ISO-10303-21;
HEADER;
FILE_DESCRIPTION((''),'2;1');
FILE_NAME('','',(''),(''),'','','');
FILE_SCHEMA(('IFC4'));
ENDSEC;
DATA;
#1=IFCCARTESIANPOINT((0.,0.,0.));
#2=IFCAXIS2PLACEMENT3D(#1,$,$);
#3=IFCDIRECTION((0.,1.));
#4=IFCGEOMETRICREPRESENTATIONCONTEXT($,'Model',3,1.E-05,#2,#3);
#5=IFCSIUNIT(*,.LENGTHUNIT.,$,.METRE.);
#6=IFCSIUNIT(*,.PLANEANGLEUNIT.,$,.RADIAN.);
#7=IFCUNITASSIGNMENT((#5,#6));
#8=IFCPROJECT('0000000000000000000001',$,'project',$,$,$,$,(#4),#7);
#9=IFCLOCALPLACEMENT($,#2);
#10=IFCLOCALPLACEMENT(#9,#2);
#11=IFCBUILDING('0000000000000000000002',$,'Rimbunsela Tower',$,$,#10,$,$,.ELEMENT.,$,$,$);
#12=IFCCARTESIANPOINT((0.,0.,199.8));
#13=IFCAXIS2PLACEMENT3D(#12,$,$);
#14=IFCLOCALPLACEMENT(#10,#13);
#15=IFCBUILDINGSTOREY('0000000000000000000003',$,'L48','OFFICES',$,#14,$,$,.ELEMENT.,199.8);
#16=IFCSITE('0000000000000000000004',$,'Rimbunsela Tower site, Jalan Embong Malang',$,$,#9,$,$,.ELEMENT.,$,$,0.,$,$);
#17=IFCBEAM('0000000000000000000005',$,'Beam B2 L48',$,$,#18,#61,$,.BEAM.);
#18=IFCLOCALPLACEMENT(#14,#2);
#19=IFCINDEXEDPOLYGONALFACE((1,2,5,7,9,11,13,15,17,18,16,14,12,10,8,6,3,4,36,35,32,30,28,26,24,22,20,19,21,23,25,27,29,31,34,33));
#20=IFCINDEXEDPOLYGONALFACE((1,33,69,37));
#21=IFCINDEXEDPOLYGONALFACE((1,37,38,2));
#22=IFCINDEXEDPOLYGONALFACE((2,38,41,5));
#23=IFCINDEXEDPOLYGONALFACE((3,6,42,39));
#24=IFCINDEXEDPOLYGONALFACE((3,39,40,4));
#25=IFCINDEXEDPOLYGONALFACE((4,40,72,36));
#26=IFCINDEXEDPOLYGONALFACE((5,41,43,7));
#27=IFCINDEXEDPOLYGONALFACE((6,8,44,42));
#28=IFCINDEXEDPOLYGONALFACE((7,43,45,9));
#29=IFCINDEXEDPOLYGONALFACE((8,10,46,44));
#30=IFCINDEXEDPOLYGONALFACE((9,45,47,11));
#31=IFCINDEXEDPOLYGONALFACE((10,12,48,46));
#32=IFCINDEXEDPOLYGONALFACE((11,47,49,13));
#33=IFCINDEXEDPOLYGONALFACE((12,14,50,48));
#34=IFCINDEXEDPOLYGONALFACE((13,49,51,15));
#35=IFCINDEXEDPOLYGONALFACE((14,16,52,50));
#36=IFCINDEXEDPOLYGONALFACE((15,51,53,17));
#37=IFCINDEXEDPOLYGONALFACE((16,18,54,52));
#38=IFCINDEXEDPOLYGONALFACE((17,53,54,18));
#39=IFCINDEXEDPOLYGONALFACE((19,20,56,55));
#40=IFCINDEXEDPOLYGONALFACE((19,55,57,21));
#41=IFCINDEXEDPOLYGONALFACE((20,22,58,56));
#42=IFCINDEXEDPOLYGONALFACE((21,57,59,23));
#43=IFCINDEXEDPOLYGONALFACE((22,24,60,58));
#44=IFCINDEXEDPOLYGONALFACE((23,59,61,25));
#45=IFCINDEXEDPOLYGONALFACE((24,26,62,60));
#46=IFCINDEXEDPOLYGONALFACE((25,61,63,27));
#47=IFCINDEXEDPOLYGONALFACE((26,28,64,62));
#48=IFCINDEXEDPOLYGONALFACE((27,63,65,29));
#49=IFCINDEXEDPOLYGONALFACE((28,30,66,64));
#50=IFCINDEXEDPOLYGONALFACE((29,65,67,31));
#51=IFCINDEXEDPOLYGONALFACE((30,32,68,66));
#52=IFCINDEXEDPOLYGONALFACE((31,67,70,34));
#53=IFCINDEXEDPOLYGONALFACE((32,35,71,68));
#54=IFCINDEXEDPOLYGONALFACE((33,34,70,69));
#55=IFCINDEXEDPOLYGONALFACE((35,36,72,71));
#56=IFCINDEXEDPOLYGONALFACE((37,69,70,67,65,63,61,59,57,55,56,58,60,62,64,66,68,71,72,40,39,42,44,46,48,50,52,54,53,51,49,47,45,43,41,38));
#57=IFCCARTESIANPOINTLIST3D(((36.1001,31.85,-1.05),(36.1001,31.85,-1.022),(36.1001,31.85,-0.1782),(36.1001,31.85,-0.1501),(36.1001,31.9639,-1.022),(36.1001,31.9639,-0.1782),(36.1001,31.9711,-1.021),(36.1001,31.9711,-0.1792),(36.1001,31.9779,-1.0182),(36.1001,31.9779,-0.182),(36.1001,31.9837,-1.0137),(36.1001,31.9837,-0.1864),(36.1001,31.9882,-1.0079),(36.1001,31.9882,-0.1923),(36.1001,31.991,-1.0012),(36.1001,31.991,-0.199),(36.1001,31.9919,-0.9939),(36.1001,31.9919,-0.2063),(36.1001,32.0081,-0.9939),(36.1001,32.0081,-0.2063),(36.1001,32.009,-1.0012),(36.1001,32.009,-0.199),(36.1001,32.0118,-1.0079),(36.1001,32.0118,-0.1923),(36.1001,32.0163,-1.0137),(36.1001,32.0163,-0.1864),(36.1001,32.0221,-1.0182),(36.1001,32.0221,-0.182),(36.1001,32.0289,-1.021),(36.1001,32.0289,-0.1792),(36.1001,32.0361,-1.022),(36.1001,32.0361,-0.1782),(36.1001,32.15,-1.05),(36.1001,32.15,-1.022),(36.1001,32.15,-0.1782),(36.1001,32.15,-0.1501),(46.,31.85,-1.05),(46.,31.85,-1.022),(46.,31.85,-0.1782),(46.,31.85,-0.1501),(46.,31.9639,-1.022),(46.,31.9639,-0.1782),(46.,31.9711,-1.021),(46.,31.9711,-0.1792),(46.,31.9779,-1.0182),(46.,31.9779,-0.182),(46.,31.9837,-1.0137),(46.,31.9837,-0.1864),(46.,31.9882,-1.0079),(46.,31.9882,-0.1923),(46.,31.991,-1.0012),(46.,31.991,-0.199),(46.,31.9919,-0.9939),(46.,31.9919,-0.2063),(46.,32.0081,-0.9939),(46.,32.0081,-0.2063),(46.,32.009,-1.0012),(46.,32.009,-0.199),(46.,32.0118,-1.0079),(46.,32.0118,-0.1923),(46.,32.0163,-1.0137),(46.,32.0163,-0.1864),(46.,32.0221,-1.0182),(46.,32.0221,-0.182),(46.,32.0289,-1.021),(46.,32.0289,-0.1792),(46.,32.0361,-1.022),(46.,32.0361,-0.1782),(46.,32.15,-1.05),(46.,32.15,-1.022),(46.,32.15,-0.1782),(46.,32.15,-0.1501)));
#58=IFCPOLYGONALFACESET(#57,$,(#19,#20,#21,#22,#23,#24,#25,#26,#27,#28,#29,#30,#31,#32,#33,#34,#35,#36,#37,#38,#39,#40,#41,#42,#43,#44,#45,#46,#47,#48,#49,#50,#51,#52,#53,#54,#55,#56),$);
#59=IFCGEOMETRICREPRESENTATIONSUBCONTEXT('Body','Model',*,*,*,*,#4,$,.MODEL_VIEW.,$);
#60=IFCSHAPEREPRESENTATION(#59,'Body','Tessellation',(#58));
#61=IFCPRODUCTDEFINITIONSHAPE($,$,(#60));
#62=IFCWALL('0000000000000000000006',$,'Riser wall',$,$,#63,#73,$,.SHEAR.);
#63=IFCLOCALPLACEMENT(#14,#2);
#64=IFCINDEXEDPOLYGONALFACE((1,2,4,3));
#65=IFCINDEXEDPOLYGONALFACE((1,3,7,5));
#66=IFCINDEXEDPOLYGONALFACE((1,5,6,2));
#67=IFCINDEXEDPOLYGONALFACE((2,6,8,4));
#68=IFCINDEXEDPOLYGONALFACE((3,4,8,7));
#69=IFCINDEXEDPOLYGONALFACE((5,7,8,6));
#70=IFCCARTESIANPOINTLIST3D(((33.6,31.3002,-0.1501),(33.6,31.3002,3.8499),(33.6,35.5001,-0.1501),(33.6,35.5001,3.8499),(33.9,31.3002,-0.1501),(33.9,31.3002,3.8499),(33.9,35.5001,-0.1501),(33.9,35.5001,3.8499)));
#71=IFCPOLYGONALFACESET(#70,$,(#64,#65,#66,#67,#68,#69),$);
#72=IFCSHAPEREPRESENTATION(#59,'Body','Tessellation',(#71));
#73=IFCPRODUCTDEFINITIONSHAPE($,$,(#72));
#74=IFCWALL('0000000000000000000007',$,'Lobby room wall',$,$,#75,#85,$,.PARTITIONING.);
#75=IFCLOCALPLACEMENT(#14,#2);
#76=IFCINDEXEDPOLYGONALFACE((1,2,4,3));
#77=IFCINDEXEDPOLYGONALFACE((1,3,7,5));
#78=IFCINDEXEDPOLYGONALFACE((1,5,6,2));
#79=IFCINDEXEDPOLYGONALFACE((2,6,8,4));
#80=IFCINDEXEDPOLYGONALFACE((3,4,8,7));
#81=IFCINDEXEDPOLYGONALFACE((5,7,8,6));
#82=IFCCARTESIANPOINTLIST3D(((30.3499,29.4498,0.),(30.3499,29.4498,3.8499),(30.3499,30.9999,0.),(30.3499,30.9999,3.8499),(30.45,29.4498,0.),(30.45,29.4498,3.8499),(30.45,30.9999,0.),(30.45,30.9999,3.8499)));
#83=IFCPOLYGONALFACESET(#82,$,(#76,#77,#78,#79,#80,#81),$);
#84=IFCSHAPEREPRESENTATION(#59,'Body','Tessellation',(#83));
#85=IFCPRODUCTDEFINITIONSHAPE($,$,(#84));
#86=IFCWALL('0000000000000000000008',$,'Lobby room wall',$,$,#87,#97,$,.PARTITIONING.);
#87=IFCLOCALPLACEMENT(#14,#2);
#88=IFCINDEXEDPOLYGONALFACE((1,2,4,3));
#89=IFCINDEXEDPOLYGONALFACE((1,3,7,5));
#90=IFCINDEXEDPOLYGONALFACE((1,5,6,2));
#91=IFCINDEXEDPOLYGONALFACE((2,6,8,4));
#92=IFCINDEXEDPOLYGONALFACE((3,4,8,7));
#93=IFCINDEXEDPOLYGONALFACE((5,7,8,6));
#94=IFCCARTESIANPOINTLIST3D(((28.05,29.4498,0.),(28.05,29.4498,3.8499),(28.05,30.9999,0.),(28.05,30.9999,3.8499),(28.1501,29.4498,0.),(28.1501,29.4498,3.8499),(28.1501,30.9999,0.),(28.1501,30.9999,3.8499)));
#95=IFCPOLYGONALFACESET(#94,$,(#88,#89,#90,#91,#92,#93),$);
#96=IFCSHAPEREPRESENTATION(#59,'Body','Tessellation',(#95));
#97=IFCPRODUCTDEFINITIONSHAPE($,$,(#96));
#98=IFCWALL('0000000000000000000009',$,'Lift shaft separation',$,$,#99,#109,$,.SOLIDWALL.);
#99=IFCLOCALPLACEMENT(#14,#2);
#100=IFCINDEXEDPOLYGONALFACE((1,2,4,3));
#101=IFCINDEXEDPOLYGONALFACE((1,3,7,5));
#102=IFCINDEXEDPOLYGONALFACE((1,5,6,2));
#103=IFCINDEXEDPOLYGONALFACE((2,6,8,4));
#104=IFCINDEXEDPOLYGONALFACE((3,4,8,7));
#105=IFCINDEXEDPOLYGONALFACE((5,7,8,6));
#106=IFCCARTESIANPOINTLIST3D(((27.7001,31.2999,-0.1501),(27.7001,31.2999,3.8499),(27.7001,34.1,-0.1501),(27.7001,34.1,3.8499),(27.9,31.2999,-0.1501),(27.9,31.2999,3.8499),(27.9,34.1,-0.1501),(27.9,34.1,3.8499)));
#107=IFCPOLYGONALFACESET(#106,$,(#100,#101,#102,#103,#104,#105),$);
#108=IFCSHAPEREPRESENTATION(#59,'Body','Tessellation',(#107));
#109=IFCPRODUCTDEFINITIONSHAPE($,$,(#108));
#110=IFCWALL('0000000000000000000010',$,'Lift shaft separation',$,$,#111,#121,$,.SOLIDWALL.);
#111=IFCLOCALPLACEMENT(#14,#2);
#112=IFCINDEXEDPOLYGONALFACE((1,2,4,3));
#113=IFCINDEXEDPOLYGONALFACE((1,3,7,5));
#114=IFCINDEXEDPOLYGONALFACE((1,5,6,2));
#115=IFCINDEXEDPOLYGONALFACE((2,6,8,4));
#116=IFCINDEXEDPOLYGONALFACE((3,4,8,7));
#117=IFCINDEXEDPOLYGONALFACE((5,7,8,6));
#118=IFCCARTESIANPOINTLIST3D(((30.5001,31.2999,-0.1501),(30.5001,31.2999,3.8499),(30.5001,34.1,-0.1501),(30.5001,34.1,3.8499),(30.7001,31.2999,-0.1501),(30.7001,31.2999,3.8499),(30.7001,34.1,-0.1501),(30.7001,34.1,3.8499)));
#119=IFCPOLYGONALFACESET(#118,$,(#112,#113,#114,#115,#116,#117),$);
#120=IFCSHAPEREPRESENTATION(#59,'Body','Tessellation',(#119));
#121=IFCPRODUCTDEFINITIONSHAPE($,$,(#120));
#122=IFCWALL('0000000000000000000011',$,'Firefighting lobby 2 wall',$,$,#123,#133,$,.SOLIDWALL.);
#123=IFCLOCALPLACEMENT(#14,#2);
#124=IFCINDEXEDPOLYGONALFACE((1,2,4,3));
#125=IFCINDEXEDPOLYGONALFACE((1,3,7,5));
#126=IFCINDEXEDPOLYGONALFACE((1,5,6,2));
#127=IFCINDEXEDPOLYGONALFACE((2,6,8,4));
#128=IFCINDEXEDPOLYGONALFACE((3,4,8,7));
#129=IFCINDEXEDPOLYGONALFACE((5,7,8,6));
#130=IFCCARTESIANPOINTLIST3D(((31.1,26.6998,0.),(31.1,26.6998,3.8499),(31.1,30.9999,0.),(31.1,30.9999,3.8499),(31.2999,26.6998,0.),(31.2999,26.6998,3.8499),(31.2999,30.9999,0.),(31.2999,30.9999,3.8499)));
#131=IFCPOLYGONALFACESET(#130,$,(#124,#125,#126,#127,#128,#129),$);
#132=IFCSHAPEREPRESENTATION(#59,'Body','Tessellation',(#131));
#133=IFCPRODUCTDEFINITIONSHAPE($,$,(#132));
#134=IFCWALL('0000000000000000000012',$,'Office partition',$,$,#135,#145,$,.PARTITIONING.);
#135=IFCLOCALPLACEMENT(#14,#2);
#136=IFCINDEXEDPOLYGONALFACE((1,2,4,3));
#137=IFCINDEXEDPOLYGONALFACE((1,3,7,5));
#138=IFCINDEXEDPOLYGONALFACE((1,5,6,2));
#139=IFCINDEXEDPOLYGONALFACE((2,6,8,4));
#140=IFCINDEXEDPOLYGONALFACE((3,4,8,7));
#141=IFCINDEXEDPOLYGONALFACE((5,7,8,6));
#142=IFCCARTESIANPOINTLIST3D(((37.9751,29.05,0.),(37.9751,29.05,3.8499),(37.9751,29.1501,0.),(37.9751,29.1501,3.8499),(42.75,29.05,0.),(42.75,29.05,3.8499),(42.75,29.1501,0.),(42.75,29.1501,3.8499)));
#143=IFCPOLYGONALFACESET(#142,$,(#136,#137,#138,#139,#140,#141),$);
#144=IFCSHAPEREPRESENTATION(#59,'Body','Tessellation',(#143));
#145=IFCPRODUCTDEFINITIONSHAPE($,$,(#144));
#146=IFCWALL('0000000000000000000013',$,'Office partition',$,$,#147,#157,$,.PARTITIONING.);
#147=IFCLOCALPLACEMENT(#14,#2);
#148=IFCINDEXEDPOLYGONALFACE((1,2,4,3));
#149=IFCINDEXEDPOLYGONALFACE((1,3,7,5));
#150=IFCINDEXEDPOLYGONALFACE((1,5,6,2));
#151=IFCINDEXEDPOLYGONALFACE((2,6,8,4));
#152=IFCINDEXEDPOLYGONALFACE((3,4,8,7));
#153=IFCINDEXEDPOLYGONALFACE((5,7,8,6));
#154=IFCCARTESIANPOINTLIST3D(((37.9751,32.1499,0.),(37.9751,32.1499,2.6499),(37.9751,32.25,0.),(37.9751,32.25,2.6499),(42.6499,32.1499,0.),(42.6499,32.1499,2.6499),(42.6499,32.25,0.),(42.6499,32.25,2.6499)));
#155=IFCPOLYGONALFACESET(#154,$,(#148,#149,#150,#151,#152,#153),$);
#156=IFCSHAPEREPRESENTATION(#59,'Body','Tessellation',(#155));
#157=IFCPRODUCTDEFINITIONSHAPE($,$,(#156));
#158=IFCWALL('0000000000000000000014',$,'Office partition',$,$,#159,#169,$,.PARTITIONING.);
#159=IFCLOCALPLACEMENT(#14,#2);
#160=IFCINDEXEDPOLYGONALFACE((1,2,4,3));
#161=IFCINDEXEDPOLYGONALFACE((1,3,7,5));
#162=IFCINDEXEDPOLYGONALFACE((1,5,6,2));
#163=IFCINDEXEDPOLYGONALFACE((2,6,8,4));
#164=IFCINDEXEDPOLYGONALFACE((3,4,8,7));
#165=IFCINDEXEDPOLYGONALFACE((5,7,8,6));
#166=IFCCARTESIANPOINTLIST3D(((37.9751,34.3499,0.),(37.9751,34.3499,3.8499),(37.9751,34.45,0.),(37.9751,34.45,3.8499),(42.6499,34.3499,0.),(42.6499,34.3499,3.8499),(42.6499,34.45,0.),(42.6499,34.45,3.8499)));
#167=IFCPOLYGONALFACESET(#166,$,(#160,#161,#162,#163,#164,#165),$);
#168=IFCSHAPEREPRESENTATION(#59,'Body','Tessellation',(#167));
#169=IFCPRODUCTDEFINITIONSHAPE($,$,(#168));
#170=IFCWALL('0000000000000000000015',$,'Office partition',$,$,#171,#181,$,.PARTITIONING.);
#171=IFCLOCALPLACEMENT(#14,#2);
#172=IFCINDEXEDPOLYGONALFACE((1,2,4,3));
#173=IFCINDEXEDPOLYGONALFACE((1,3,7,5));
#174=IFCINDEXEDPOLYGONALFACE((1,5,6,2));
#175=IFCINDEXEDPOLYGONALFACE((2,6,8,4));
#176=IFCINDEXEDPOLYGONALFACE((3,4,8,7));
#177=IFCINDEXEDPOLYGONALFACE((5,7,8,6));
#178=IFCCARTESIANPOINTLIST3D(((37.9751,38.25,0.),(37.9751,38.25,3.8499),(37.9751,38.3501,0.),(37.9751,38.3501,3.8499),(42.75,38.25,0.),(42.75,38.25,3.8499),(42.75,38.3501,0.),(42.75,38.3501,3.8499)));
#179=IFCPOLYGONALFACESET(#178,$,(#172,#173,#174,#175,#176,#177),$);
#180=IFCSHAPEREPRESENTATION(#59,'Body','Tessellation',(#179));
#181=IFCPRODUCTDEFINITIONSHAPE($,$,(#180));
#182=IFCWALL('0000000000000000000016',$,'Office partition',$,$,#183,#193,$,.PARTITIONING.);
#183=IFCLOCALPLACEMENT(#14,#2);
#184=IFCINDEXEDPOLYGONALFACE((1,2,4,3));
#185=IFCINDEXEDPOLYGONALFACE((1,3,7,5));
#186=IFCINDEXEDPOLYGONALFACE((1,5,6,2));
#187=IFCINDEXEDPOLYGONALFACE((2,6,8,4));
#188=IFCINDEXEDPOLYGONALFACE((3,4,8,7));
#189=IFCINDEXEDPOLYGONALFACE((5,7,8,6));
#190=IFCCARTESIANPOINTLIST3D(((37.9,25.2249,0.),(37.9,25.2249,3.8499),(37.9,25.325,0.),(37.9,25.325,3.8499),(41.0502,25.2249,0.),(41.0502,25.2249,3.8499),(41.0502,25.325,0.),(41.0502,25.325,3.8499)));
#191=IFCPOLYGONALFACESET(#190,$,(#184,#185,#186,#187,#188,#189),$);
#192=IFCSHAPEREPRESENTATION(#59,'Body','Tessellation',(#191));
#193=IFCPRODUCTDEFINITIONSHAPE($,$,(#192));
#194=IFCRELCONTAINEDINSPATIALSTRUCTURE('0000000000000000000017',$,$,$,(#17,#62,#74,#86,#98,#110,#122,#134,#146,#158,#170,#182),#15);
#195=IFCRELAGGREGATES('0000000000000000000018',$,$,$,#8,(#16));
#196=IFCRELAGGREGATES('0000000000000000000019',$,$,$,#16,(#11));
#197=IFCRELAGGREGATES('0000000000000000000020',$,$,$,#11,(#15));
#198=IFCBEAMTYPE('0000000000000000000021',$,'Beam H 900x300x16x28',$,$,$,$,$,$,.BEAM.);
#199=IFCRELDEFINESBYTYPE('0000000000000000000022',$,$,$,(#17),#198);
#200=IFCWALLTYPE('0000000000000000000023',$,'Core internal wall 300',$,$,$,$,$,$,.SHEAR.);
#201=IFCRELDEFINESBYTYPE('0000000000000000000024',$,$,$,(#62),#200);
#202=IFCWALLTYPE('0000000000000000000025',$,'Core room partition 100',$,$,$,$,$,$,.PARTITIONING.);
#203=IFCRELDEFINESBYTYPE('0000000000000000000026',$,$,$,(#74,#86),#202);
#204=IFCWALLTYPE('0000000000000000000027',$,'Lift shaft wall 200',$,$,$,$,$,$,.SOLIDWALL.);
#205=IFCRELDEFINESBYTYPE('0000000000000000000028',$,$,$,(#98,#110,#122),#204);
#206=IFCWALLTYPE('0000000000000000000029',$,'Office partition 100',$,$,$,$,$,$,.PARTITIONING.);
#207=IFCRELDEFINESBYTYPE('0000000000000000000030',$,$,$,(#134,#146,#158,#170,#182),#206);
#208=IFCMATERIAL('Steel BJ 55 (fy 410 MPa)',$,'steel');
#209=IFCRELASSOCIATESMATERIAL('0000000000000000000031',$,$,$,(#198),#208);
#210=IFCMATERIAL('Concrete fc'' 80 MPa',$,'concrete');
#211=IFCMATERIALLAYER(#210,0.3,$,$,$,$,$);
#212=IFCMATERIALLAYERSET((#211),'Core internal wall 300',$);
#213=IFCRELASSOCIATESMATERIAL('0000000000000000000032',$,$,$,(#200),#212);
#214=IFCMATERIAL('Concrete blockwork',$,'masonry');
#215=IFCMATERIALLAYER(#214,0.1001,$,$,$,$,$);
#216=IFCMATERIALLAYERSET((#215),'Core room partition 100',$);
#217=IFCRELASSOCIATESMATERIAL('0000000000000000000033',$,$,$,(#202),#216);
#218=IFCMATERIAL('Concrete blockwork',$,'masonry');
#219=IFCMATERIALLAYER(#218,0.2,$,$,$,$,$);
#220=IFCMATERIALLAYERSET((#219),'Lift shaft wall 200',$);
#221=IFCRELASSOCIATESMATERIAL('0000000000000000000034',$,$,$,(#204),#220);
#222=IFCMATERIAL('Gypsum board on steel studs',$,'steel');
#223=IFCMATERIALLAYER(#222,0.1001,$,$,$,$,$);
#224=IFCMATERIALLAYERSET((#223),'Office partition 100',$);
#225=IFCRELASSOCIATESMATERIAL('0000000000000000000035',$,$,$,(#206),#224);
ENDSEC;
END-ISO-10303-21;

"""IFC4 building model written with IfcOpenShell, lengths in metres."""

from ifc_helpers import new_model, si_unit, direction, frame, frame_2d, origin, origin_2d, place, context, subcontext, project, spatial, rectangle, i_section, extrude, material, layer, layer_set, material_profile, profile_set, type_object, element, save


model = new_model("IFC4")

# Units and contexts
model_context = context("Model", 3, precision=1e-05, world=origin(), true_north=direction((0.0, 1.0)))
body_context = subcontext(model_context, "Body", "Model", "MODEL_VIEW")
ifc_project = project(units=[si_unit("LENGTHUNIT", "METRE"), si_unit("PLANEANGLEUNIT", "RADIAN")], contexts=[model_context])

# Site, building, storey
site_placement = place(None, origin())
site = spatial("IfcSite", under=ifc_project, at=site_placement, Name="Rimbunsela Tower site, Jalan Embong Malang", CompositionType="ELEMENT", RefElevation=0.0)
building_placement = place(site_placement, origin())
building = spatial("IfcBuilding", under=site, at=building_placement, Name="Rimbunsela Tower", CompositionType="ELEMENT")
storey_placement = place(building_placement, frame((0.0, 0.0, 199.8)))
storey = spatial("IfcBuildingStorey", under=building, at=storey_placement, Name="L48", Description="OFFICES", CompositionType="ELEMENT", Elevation=199.8)

# Beam
ifc_material_1 = material(Name="Steel BJ 55 (fy 410 MPa)", Category="steel")
ifc_material_profile_1 = material_profile(ifc_material_1, i_section(OverallWidth=0.3, OverallDepth=0.8999, WebThickness=0.0161, FlangeThickness=0.0281, FilletRadius=0.0281, at=origin_2d()), Name="H 900x300x16x28")
ifc_profile_set_1 = profile_set([ifc_material_profile_1], Name="Steel BJ 55 (fy 410 MPa)")
beam_type_1 = type_object("IfcBeamType", Name="Beam H 900x300x16x28", PredefinedType="BEAM", material=ifc_profile_set_1)
for number, where, z_axis, x_axis, name in (
    (1, (36.1001, 32.0, -0.6001), (1.0, 0.0, 0.0), (0.0, 1.0, 0.0), "Beam B2 L48"),
):
    element("IfcBeam", number, at=place(storey_placement, frame(where, z_axis=z_axis, x_axis=x_axis)), inside=storey, type_object=beam_type_1, Name=name, PredefinedType="BEAM", context=body_context, shape_type="SweptSolid", body=[
        extrude(i_section(OverallWidth=0.3, OverallDepth=0.8999, WebThickness=0.0161, FlangeThickness=0.0281, FilletRadius=0.0281, at=origin_2d()), origin(), (0.0, 0.0, 1.0), 9.8999),
    ])

# Walls
ifc_material_2 = material(Name="Concrete fc' 80 MPa", Category="concrete")
ifc_layer_1 = layer(ifc_material_2, 0.3)
ifc_layer_set_1 = layer_set([ifc_layer_1], Name="Core internal wall 300")
wall_type_1 = type_object("IfcWallType", Name="Core internal wall 300", PredefinedType="SHEAR", material=ifc_layer_set_1)
wall_1_placement = place(storey_placement, frame((33.75, 31.3, -0.1501), z_axis=(0.0, 0.0, 1.0), x_axis=(0.0, 1.0, 0.0)))
element("IfcWall", 2, at=wall_1_placement, inside=storey, type_object=wall_type_1, Name="Riser wall", PredefinedType="SHEAR", context=body_context, shape_type="SweptSolid", body=[
    extrude(rectangle(XDim=4.2, YDim=0.3, at=frame_2d((2.1001, 0.0))), origin(), (0.0, 0.0, 1.0), 4.0),
])
ifc_material_3 = material(Name="Concrete blockwork", Category="masonry")
ifc_layer_2 = layer(ifc_material_3, 0.1001)
ifc_layer_set_2 = layer_set([ifc_layer_2], Name="Core room partition 100")
wall_type_2 = type_object("IfcWallType", Name="Core room partition 100", PredefinedType="PARTITIONING", material=ifc_layer_set_2)
for number, where, z_axis, x_axis, name in (
    (3, (30.3999, 29.45, 0.0), (0.0, 0.0, 1.0), (0.0, 1.0, 0.0), "Lobby room wall"),
    (4, (28.1001, 29.45, 0.0), (0.0, 0.0, 1.0), (0.0, 1.0, 0.0), "Lobby room wall"),
):
    element("IfcWall", number, at=place(storey_placement, frame(where, z_axis=z_axis, x_axis=x_axis)), inside=storey, type_object=wall_type_2, Name=name, PredefinedType="PARTITIONING", context=body_context, shape_type="SweptSolid", body=[
        extrude(rectangle(XDim=1.55, YDim=0.1001, at=frame_2d((0.7749, 0.0))), origin(), (0.0, 0.0, 1.0), 3.8499),
    ])
ifc_material_4 = material(Name="Concrete blockwork", Category="masonry")
ifc_layer_3 = layer(ifc_material_4, 0.2)
ifc_layer_set_3 = layer_set([ifc_layer_3], Name="Lift shaft wall 200")
wall_type_3 = type_object("IfcWallType", Name="Lift shaft wall 200", PredefinedType="SOLIDWALL", material=ifc_layer_set_3)
for number, where, z_axis, x_axis, name in (
    (5, (27.8, 31.3, -0.1501), (0.0, 0.0, 1.0), (0.0, 1.0, 0.0), "Lift shaft separation"),
    (6, (30.6001, 31.3, -0.1501), (0.0, 0.0, 1.0), (0.0, 1.0, 0.0), "Lift shaft separation"),
):
    element("IfcWall", number, at=place(storey_placement, frame(where, z_axis=z_axis, x_axis=x_axis)), inside=storey, type_object=wall_type_3, Name=name, PredefinedType="SOLIDWALL", context=body_context, shape_type="SweptSolid", body=[
        extrude(rectangle(XDim=2.8, YDim=0.2, at=frame_2d((1.3999, 0.0))), origin(), (0.0, 0.0, 1.0), 4.0),
    ])
wall_2_placement = place(storey_placement, frame((31.2, 26.7, 0.0), z_axis=(0.0, 0.0, 1.0), x_axis=(0.0, 1.0, 0.0)))
element("IfcWall", 7, at=wall_2_placement, inside=storey, type_object=wall_type_3, Name="Firefighting lobby 2 wall", PredefinedType="SOLIDWALL", context=body_context, shape_type="SweptSolid", body=[
    extrude(rectangle(XDim=4.3, YDim=0.2, at=frame_2d((2.1499, 0.0))), origin(), (0.0, 0.0, 1.0), 3.8499),
])
ifc_material_5 = material(Name="Gypsum board on steel studs", Category="steel")
ifc_layer_4 = layer(ifc_material_5, 0.1001)
ifc_layer_set_4 = layer_set([ifc_layer_4], Name="Office partition 100")
wall_type_4 = type_object("IfcWallType", Name="Office partition 100", PredefinedType="PARTITIONING", material=ifc_layer_set_4)
wall_3_placement = place(storey_placement, frame((37.9751, 29.1001, 0.0), z_axis=(0.0, 0.0, 1.0), x_axis=(1.0, 0.0, 0.0)))
element("IfcWall", 8, at=wall_3_placement, inside=storey, type_object=wall_type_4, Name="Office partition", PredefinedType="PARTITIONING", context=body_context, shape_type="SweptSolid", body=[
    extrude(rectangle(XDim=4.7749, YDim=0.1001, at=frame_2d((2.3875, 0.0))), origin(), (0.0, 0.0, 1.0), 3.8499),
])
wall_4_placement = place(storey_placement, frame((37.9751, 32.2, 0.0), z_axis=(0.0, 0.0, 1.0), x_axis=(1.0, 0.0, 0.0)))
element("IfcWall", 9, at=wall_4_placement, inside=storey, type_object=wall_type_4, Name="Office partition", PredefinedType="PARTITIONING", context=body_context, shape_type="SweptSolid", body=[
    extrude(rectangle(XDim=4.6748, YDim=0.1001, at=frame_2d((2.3374, 0.0))), origin(), (0.0, 0.0, 1.0), 2.6499),
])
wall_5_placement = place(storey_placement, frame((37.9751, 34.3999, 0.0), z_axis=(0.0, 0.0, 1.0), x_axis=(1.0, 0.0, 0.0)))
element("IfcWall", 10, at=wall_5_placement, inside=storey, type_object=wall_type_4, Name="Office partition", PredefinedType="PARTITIONING", context=body_context, shape_type="SweptSolid", body=[
    extrude(rectangle(XDim=4.6748, YDim=0.1001, at=frame_2d((2.3374, 0.0))), origin(), (0.0, 0.0, 1.0), 3.8499),
])
wall_6_placement = place(storey_placement, frame((37.9751, 38.3, 0.0), z_axis=(0.0, 0.0, 1.0), x_axis=(1.0, 0.0, 0.0)))
element("IfcWall", 11, at=wall_6_placement, inside=storey, type_object=wall_type_4, Name="Office partition", PredefinedType="PARTITIONING", context=body_context, shape_type="SweptSolid", body=[
    extrude(rectangle(XDim=4.7749, YDim=0.1001, at=frame_2d((2.3875, 0.0))), origin(), (0.0, 0.0, 1.0), 3.8499),
])
wall_7_placement = place(storey_placement, frame((37.8999, 25.2749, 0.0), z_axis=(0.0, 0.0, 1.0), x_axis=(1.0, 0.0, 0.0)))
element("IfcWall", 12, at=wall_7_placement, inside=storey, type_object=wall_type_4, Name="Office partition", PredefinedType="PARTITIONING", context=body_context, shape_type="SweptSolid", body=[
    extrude(rectangle(XDim=3.1501, YDim=0.1001, at=frame_2d((1.5752, 0.0))), origin(), (0.0, 0.0, 1.0), 3.8499),
])

save(model, "model.ifc")
